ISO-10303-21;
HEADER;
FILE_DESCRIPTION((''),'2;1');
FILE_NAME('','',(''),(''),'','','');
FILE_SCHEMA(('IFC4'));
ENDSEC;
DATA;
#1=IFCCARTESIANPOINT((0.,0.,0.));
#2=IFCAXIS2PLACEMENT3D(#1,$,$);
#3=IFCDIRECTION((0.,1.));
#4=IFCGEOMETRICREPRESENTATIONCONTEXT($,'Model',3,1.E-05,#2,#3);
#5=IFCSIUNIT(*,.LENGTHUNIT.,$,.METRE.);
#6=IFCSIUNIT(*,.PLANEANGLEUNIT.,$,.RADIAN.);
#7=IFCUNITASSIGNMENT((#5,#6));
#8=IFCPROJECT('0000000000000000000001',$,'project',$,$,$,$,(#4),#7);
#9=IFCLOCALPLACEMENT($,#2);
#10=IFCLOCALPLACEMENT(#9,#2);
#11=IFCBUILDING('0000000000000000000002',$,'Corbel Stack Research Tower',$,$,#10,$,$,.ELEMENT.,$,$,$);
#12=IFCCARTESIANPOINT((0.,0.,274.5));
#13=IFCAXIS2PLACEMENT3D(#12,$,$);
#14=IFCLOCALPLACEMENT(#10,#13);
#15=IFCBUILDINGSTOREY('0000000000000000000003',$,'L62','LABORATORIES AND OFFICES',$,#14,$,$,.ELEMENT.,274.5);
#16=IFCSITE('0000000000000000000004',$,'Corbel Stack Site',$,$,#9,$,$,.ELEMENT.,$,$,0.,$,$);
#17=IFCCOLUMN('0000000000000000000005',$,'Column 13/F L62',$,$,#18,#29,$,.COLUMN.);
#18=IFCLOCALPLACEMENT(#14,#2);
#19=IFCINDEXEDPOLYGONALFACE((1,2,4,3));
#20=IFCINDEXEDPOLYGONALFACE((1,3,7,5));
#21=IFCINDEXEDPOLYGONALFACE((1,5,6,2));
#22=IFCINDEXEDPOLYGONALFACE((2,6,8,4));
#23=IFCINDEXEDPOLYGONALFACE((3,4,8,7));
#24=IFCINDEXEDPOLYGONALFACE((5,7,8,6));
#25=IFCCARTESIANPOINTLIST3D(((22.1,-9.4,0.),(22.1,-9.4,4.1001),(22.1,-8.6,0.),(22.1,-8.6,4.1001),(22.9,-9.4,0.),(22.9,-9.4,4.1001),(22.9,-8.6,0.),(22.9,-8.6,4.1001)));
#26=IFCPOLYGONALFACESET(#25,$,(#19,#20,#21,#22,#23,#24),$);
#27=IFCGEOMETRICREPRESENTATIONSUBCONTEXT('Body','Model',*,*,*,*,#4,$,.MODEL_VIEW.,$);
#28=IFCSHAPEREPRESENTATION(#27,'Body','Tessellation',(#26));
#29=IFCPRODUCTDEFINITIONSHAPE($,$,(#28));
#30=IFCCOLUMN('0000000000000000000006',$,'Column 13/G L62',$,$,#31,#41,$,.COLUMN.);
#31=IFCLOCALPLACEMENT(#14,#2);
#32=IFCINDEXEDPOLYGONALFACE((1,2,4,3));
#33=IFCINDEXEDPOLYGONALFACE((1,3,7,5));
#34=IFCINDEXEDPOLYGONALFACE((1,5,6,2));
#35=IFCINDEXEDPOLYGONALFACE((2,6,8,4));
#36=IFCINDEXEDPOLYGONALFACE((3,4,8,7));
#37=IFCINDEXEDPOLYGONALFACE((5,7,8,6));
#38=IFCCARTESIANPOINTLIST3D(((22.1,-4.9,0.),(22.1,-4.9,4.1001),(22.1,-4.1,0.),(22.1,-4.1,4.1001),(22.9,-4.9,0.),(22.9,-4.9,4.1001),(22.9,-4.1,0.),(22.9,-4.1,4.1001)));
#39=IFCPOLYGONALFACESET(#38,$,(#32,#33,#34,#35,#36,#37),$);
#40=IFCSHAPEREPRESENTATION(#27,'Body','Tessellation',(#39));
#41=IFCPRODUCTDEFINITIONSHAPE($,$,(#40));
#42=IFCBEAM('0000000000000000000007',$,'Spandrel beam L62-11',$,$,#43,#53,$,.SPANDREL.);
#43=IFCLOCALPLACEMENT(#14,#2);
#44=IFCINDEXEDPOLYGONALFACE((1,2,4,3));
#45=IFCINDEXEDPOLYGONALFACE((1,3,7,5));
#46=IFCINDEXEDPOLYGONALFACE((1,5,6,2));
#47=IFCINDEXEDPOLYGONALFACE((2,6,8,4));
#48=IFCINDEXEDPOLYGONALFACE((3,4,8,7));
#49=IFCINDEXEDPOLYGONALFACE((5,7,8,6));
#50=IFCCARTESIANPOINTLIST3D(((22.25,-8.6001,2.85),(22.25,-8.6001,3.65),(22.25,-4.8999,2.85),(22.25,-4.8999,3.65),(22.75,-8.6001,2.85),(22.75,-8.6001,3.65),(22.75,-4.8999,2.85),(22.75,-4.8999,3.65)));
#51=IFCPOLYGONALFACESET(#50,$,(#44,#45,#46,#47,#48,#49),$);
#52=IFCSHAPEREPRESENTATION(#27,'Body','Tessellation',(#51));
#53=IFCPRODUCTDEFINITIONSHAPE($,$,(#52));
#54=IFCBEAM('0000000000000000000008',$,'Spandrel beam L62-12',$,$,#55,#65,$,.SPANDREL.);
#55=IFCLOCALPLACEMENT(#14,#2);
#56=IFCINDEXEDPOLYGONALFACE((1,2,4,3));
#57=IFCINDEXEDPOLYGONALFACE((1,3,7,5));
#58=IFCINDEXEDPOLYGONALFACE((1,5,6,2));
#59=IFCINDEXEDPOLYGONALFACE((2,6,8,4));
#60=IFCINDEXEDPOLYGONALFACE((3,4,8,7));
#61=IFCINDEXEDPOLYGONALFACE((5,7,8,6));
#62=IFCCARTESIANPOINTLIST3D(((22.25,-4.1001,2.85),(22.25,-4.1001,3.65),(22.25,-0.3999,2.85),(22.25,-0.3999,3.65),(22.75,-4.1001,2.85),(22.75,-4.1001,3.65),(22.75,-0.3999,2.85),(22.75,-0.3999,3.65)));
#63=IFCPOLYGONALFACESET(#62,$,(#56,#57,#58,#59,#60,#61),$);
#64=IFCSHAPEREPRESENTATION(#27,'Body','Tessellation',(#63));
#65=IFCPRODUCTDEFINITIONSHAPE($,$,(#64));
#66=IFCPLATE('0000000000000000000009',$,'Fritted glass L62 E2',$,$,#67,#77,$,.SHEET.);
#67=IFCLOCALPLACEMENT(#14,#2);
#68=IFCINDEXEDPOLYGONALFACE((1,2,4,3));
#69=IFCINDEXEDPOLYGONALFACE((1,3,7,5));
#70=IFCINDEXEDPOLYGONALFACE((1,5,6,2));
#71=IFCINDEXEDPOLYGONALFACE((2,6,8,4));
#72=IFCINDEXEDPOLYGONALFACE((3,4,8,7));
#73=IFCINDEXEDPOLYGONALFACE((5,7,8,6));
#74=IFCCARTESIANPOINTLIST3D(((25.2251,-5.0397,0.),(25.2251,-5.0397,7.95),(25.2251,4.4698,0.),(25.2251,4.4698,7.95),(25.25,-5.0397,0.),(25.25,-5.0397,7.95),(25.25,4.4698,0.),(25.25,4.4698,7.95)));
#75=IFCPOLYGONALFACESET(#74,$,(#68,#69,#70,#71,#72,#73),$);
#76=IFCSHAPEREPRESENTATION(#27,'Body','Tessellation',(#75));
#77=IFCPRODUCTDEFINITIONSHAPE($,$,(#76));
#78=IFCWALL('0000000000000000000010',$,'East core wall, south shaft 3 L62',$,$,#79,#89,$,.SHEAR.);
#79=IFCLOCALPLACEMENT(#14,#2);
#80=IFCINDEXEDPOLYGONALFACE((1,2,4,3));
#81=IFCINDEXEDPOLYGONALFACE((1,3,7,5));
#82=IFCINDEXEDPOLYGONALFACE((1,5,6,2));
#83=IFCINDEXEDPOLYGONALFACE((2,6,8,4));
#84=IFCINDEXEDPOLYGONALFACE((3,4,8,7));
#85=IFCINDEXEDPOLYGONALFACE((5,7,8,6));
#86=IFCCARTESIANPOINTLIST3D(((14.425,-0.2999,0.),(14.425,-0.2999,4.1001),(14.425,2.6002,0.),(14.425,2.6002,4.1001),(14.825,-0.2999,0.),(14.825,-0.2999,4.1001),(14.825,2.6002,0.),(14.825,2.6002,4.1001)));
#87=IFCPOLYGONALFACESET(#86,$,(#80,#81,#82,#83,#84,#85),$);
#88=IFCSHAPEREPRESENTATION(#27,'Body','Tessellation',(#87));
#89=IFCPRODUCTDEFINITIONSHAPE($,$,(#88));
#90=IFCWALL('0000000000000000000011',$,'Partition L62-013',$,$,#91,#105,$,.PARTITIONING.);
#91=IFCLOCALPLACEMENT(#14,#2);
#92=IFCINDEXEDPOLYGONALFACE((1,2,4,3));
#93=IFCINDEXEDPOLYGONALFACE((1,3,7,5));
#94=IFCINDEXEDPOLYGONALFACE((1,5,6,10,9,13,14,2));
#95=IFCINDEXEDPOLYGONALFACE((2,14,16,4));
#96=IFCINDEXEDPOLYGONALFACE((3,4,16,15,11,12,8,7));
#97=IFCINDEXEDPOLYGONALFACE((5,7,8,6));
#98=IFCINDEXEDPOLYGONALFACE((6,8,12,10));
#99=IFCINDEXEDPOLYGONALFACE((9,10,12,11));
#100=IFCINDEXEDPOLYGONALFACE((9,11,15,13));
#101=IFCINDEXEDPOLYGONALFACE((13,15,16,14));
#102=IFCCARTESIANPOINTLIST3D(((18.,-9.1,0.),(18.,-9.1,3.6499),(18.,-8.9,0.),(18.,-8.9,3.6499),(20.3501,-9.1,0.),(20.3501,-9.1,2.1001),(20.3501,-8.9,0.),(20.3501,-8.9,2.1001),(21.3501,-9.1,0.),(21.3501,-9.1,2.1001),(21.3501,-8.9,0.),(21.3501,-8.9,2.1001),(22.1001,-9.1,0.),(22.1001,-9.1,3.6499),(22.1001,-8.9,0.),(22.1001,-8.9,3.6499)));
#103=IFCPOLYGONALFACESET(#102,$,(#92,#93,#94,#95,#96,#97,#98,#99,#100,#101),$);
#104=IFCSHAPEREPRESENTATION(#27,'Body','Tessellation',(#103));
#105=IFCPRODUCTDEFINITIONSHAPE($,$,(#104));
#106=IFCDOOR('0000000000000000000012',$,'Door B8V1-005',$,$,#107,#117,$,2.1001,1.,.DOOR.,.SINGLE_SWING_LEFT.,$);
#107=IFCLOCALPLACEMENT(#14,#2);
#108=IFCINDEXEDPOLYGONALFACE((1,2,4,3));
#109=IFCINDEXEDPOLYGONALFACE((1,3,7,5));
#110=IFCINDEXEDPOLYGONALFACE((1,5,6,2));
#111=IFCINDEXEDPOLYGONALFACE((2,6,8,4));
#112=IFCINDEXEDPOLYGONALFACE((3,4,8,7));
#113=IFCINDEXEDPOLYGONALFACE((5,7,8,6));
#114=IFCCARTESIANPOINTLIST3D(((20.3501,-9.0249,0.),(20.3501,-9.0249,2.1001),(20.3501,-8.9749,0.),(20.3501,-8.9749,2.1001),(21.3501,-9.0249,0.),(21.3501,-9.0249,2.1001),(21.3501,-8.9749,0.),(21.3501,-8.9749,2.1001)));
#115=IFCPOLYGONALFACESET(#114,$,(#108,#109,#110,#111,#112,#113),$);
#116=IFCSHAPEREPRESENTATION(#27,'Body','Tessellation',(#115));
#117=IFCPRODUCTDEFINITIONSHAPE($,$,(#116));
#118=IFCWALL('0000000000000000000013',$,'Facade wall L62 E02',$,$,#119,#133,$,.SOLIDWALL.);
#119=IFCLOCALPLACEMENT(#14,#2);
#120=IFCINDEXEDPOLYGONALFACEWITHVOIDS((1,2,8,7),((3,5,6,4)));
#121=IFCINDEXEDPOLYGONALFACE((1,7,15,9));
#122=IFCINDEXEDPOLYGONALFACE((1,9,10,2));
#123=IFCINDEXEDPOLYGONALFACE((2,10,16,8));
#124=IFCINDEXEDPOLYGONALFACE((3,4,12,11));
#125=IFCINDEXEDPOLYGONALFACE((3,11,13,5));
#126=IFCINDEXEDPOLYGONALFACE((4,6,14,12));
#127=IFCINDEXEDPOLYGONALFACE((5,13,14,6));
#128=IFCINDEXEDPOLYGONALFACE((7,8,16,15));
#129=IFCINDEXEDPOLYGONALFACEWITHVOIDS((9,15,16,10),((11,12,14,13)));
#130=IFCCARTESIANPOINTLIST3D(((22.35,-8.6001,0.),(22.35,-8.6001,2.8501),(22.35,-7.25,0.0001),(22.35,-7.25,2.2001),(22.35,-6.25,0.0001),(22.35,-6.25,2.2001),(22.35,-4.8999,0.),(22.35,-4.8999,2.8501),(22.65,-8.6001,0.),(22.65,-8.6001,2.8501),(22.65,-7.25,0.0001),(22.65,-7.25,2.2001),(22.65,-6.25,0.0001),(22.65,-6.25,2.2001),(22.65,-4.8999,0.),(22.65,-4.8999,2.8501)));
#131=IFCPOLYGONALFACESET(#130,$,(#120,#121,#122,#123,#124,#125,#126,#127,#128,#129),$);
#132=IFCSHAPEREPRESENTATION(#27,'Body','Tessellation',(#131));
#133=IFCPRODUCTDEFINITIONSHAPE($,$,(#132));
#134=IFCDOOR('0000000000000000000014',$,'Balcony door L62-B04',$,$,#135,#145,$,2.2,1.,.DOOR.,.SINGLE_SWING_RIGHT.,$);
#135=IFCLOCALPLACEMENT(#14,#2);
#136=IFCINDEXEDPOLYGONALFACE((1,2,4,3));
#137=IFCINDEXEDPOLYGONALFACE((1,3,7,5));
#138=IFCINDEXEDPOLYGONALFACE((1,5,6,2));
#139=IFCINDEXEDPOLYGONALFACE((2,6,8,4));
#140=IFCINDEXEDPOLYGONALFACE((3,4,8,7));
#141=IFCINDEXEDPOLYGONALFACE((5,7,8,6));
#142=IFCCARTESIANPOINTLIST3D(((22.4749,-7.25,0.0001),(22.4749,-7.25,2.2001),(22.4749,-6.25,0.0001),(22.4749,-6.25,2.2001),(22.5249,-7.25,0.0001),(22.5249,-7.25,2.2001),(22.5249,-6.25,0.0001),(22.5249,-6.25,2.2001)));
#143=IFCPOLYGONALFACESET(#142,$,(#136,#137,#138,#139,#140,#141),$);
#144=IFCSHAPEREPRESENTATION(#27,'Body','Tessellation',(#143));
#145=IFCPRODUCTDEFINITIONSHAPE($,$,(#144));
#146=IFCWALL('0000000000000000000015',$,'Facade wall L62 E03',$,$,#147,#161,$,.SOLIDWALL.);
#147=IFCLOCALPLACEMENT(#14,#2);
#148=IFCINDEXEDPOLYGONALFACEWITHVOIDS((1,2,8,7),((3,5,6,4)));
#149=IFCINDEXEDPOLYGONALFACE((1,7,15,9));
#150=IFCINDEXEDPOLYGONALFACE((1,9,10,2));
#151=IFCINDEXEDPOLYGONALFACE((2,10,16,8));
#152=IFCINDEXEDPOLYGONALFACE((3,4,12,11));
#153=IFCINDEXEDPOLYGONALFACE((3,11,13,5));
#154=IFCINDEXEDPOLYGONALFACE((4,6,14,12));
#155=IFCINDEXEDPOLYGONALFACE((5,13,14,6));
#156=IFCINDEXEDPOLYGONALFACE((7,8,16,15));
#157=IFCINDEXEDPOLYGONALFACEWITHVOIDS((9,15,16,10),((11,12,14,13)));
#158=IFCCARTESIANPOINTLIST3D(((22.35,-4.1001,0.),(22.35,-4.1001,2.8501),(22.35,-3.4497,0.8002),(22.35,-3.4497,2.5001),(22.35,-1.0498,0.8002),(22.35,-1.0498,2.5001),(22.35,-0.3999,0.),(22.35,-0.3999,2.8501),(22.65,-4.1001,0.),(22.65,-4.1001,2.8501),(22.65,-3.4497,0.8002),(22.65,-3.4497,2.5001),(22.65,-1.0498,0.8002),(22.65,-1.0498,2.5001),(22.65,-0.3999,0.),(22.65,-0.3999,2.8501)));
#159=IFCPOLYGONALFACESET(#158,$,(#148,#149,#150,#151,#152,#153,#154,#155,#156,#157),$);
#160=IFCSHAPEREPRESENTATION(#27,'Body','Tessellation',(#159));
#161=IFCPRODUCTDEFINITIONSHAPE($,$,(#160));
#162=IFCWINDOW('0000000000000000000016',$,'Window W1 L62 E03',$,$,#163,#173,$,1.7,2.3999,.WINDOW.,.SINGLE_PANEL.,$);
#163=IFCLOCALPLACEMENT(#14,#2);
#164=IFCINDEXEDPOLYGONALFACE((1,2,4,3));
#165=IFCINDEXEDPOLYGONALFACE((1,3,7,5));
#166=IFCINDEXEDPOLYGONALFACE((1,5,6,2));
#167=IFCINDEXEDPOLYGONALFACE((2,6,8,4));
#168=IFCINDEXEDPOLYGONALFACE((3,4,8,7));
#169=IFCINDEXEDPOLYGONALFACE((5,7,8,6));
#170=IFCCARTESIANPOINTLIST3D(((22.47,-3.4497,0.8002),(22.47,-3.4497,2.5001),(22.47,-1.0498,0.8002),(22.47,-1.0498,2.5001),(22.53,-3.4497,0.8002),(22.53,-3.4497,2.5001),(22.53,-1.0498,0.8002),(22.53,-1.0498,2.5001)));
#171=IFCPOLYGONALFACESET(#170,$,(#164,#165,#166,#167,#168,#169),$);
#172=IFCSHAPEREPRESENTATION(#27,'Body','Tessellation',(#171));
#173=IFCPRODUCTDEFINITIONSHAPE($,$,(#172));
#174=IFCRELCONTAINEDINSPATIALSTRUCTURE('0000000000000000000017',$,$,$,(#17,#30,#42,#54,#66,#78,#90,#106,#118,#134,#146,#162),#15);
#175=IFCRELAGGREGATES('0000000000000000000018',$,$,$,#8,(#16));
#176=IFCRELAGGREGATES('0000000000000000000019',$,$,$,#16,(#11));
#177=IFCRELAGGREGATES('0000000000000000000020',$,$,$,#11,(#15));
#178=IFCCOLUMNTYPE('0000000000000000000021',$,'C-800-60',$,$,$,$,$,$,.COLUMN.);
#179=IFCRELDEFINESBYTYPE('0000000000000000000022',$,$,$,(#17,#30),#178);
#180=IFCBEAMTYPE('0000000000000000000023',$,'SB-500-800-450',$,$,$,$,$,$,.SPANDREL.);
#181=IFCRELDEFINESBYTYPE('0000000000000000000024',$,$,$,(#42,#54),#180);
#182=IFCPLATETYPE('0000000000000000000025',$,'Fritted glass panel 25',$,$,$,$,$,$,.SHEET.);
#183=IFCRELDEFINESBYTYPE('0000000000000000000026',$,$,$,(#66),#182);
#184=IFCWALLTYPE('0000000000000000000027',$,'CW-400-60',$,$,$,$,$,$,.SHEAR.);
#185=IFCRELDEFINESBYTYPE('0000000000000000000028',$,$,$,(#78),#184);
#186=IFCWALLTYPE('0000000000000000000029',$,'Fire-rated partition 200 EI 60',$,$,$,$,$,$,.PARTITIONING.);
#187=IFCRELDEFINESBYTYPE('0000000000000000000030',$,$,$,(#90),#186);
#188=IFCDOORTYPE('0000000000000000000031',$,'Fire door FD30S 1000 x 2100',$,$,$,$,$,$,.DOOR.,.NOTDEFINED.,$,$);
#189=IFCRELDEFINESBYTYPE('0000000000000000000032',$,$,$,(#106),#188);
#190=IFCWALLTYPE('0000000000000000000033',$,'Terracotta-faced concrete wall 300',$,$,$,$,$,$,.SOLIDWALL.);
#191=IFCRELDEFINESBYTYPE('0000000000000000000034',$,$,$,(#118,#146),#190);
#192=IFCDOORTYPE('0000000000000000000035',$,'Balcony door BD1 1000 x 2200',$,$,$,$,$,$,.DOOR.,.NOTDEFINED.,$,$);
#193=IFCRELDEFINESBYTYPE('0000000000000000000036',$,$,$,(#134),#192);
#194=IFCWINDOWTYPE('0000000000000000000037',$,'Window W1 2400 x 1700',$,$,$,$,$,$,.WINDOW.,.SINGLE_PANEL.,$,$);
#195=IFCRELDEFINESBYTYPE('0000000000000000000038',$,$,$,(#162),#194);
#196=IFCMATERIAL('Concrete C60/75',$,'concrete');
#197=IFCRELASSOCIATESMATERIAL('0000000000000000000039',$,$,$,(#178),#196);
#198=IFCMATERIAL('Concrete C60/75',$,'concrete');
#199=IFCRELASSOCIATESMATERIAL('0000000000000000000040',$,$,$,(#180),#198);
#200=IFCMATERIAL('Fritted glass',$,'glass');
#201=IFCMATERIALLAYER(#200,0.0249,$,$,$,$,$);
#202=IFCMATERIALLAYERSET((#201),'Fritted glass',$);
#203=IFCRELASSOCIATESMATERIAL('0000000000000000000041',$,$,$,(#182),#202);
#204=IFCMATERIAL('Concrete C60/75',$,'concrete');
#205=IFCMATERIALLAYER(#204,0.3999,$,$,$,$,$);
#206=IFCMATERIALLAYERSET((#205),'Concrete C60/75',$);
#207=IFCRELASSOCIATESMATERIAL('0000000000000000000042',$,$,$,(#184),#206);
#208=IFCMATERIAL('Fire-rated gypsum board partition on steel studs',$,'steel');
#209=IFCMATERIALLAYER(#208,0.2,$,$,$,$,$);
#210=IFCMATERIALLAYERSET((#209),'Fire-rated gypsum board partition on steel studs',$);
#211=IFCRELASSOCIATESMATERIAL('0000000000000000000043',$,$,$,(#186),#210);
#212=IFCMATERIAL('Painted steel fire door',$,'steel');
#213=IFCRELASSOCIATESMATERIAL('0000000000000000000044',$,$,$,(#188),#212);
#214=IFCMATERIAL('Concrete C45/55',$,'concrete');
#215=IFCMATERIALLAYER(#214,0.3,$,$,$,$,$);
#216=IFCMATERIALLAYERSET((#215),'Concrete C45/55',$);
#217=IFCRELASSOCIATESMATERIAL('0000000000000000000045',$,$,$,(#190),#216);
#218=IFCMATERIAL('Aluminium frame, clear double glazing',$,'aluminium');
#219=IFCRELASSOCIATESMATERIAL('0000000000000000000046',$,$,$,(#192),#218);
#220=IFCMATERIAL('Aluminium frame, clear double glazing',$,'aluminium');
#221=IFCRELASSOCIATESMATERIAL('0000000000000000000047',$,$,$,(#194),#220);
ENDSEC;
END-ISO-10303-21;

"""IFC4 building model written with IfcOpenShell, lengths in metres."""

from ifc_helpers import new_model, si_unit, direction, frame, frame_2d, origin, origin_2d, place, context, subcontext, project, spatial, rectangle, extrude, material, layer, layer_set, material_profile, profile_set, type_object, element, fill, save


model = new_model("IFC4")

# Units and contexts
model_context = context("Model", 3, precision=1e-05, world=origin(), true_north=direction((0.0, 1.0)))
body_context = subcontext(model_context, "Body", "Model", "MODEL_VIEW")
ifc_project = project(units=[si_unit("LENGTHUNIT", "METRE"), si_unit("PLANEANGLEUNIT", "RADIAN")], contexts=[model_context])

# Site, building, storey
site_placement = place(None, origin())
site = spatial("IfcSite", under=ifc_project, at=site_placement, Name="Corbel Stack Site", CompositionType="ELEMENT", RefElevation=0.0)
building_placement = place(site_placement, origin())
building = spatial("IfcBuilding", under=site, at=building_placement, Name="Corbel Stack Research Tower", CompositionType="ELEMENT")
storey_placement = place(building_placement, frame((0.0, 0.0, 274.5)))
storey = spatial("IfcBuildingStorey", under=building, at=storey_placement, Name="L62", Description="LABORATORIES AND OFFICES", CompositionType="ELEMENT", Elevation=274.5)

# Columns
ifc_material_1 = material(Name="Concrete C60/75", Category="concrete")
ifc_material_profile_1 = material_profile(ifc_material_1, rectangle(XDim=0.8, YDim=0.8, at=origin_2d()), Name="RC 800 x 800")
ifc_profile_set_1 = profile_set([ifc_material_profile_1], Name="Concrete C60/75")
column_type = type_object("IfcColumnType", Name="C-800-60", PredefinedType="COLUMN", material=ifc_profile_set_1)
for number, where, z_axis, x_axis, name in (
    (1, (22.5, -9.0, 0.0), (0.0, 0.0, 1.0), (1.0, 0.0, 0.0), "Column 13/F L62"),
    (2, (22.5, -4.5, 0.0), (0.0, 0.0, 1.0), (1.0, 0.0, 0.0), "Column 13/G L62"),
):
    element("IfcColumn", number, at=place(storey_placement, frame(where, z_axis=z_axis, x_axis=x_axis)), inside=storey, type_object=column_type, Name=name, PredefinedType="COLUMN", context=body_context, shape_type="SweptSolid", body=[
        extrude(rectangle(XDim=0.8, YDim=0.8, at=origin_2d()), origin(), (0.0, 0.0, 1.0), 4.1001),
    ])

# Beams
ifc_material_2 = material(Name="Concrete C60/75", Category="concrete")
ifc_material_profile_2 = material_profile(ifc_material_2, rectangle(XDim=0.5, YDim=0.8, at=origin_2d()), Name="RC 500 x 800")
ifc_profile_set_2 = profile_set([ifc_material_profile_2], Name="Concrete C60/75")
beam_type = type_object("IfcBeamType", Name="SB-500-800-450", PredefinedType="SPANDREL", material=ifc_profile_set_2)
for number, where, z_axis, x_axis, name in (
    (3, (22.5, -8.6001, 3.25), (0.0, 1.0, 0.0), (-1.0, 0.0, 0.0), "Spandrel beam L62-11"),
    (4, (22.5, -4.1001, 3.25), (0.0, 1.0, 0.0), (-1.0, 0.0, 0.0), "Spandrel beam L62-12"),
):
    element("IfcBeam", number, at=place(storey_placement, frame(where, z_axis=z_axis, x_axis=x_axis)), inside=storey, type_object=beam_type, Name=name, PredefinedType="SPANDREL", context=body_context, shape_type="SweptSolid", body=[
        extrude(rectangle(XDim=0.5, YDim=0.8, at=origin_2d()), origin(), (0.0, 0.0, 1.0), 3.7002),
    ])

# Plate
ifc_material_3 = material(Name="Fritted glass", Category="glass")
ifc_layer_1 = layer(ifc_material_3, 0.0249)
ifc_layer_set_1 = layer_set([ifc_layer_1], Name="Fritted glass")
plate_type = type_object("IfcPlateType", Name="Fritted glass panel 25", PredefinedType="SHEET", material=ifc_layer_set_1)
plate_placement = place(storey_placement, frame((25.2375, -0.2849, 0.0), z_axis=(0.0, 0.0, 1.0), x_axis=(0.0, 1.0, 0.0)))
element("IfcPlate", 5, at=plate_placement, inside=storey, type_object=plate_type, Name="Fritted glass L62 E2", PredefinedType="SHEET", context=body_context, shape_type="SweptSolid", body=[
    extrude(rectangle(XDim=9.5095, YDim=0.0249, at=origin_2d()), origin(), (0.0, 0.0, 1.0), 7.95),
])

# Wall
ifc_material_4 = material(Name="Concrete C60/75", Category="concrete")
ifc_layer_2 = layer(ifc_material_4, 0.3999)
ifc_layer_set_2 = layer_set([ifc_layer_2], Name="Concrete C60/75")
wall_type_1 = type_object("IfcWallType", Name="CW-400-60", PredefinedType="SHEAR", material=ifc_layer_set_2)
wall_1_placement = place(storey_placement, frame((14.625, -0.3, 0.0), z_axis=(0.0, 0.0, 1.0), x_axis=(0.0, 1.0, 0.0)))
element("IfcWall", 6, at=wall_1_placement, inside=storey, type_object=wall_type_1, Name="East core wall, south shaft 3 L62", PredefinedType="SHEAR", context=body_context, shape_type="SweptSolid", body=[
    extrude(rectangle(XDim=2.9001, YDim=0.3999, at=frame_2d((1.4502, 0.0))), origin(), (0.0, 0.0, 1.0), 4.1001),
])

# Walls, openings, doors
ifc_material_5 = material(Name="Fire-rated gypsum board partition on steel studs", Category="steel")
ifc_layer_3 = layer(ifc_material_5, 0.2)
ifc_layer_set_3 = layer_set([ifc_layer_3], Name="Fire-rated gypsum board partition on steel studs")
wall_type_2 = type_object("IfcWallType", Name="Fire-rated partition 200 EI 60", PredefinedType="PARTITIONING", material=ifc_layer_set_3)
wall_2_placement = place(storey_placement, frame((22.1001, -9.0, 0.0), z_axis=(0.0, 0.0, 1.0), x_axis=(-1.0, 0.0, 0.0)))
wall_2 = element("IfcWall", 7, at=wall_2_placement, inside=storey, type_object=wall_type_2, Name="Partition L62-013", PredefinedType="PARTITIONING", context=body_context, shape_type="SweptSolid", body=[
    extrude(rectangle(XDim=4.1001, YDim=0.2, at=frame_2d((2.05, 0.0))), origin(), (0.0, 0.0, 1.0), 3.6499),
])
opening_1_placement = place(wall_2_placement, frame((0.75, 0.0, 0.0)))
opening_1 = element("IfcOpeningElement", 8, at=opening_1_placement, cuts=wall_2, PredefinedType="OPENING", context=body_context, shape_type="SweptSolid", body=[
    extrude(rectangle(XDim=1.0, YDim=2.1001, at=frame_2d((0.5, 1.05))), frame((0.0, 0.1099, 0.0), z_axis=(0.0, -1.0, 0.0), x_axis=(1.0, 0.0, 0.0)), (0.0, 0.0, 1.0), 0.22),
])
ifc_material_6 = material(Name="Painted steel fire door", Category="steel")
door_type_1 = type_object("IfcDoorType", Name="Fire door FD30S 1000 x 2100", OperationType="NOTDEFINED", PredefinedType="DOOR", material=ifc_material_6)
door_1_placement = place(opening_1_placement, origin())
door_1 = element("IfcDoor", 9, at=door_1_placement, inside=storey, type_object=door_type_1, Name="Door B8V1-005", OperationType="SINGLE_SWING_LEFT", OverallHeight=2.1001, OverallWidth=1.0, PredefinedType="DOOR", context=body_context, shape_type="SweptSolid", body=[
    extrude(rectangle(XDim=1.0, YDim=2.1001, at=frame_2d((0.5, 1.05))), frame((0.0, 0.0249, 0.0), z_axis=(0.0, -1.0, 0.0), x_axis=(1.0, 0.0, 0.0)), (0.0, 0.0, 1.0), 0.05),
])
fill(opening_1, door_1)
ifc_material_7 = material(Name="Concrete C45/55", Category="concrete")
ifc_layer_4 = layer(ifc_material_7, 0.3)
ifc_layer_set_4 = layer_set([ifc_layer_4], Name="Concrete C45/55")
wall_type_3 = type_object("IfcWallType", Name="Terracotta-faced concrete wall 300", PredefinedType="SOLIDWALL", material=ifc_layer_set_4)
wall_3_placement = place(storey_placement, frame((22.5, -4.8999, 0.0), z_axis=(0.0, 0.0, 1.0), x_axis=(0.0, -1.0, 0.0)))
wall_3 = element("IfcWall", 10, at=wall_3_placement, inside=storey, type_object=wall_type_3, Name="Facade wall L62 E02", PredefinedType="SOLIDWALL", context=body_context, shape_type="SweptSolid", body=[
    extrude(rectangle(XDim=3.7002, YDim=0.3, at=frame_2d((1.8501, 0.0))), origin(), (0.0, 0.0, 1.0), 2.8501),
])
opening_2_placement = place(wall_3_placement, frame((1.3501, 0.0, 0.0)))
opening_2 = element("IfcOpeningElement", 11, at=opening_2_placement, cuts=wall_3, PredefinedType="OPENING", context=body_context, shape_type="SweptSolid", body=[
    extrude(rectangle(XDim=1.0, YDim=2.2, at=frame_2d((0.5, 1.1001))), frame((0.0, 0.1599, 0.0), z_axis=(0.0, -1.0, 0.0), x_axis=(1.0, 0.0, 0.0)), (0.0, 0.0, 1.0), 0.3201),
])
ifc_material_8 = material(Name="Aluminium frame, clear double glazing", Category="aluminium")
door_type_2 = type_object("IfcDoorType", Name="Balcony door BD1 1000 x 2200", OperationType="NOTDEFINED", PredefinedType="DOOR", material=ifc_material_8)
door_2_placement = place(opening_2_placement, origin())
door_2 = element("IfcDoor", 12, at=door_2_placement, inside=storey, type_object=door_type_2, Name="Balcony door L62-B04", OperationType="SINGLE_SWING_RIGHT", OverallHeight=2.2, OverallWidth=1.0, PredefinedType="DOOR", context=body_context, shape_type="SweptSolid", body=[
    extrude(rectangle(XDim=1.0, YDim=2.2, at=frame_2d((0.5, 1.1001))), frame((0.0, 0.0249, 0.0), z_axis=(0.0, -1.0, 0.0), x_axis=(1.0, 0.0, 0.0)), (0.0, 0.0, 1.0), 0.05),
])
fill(opening_2, door_2)

# Wall, opening, window
wall_4_placement = place(storey_placement, frame((22.5, -0.3999, 0.0), z_axis=(0.0, 0.0, 1.0), x_axis=(0.0, -1.0, 0.0)))
wall_4 = element("IfcWall", 13, at=wall_4_placement, inside=storey, type_object=wall_type_3, Name="Facade wall L62 E03", PredefinedType="SOLIDWALL", context=body_context, shape_type="SweptSolid", body=[
    extrude(rectangle(XDim=3.7002, YDim=0.3, at=frame_2d((1.8501, 0.0))), origin(), (0.0, 0.0, 1.0), 2.8501),
])
opening_3_placement = place(wall_4_placement, frame((0.6499, 0.0, 0.8)))
opening_3 = element("IfcOpeningElement", 14, at=opening_3_placement, cuts=wall_4, PredefinedType="OPENING", context=body_context, shape_type="SweptSolid", body=[
    extrude(rectangle(XDim=2.3999, YDim=1.7, at=frame_2d((1.2, 0.8501))), frame((0.0, 0.1599, 0.0), z_axis=(0.0, -1.0, 0.0), x_axis=(1.0, 0.0, 0.0)), (0.0, 0.0, 1.0), 0.3201),
])
ifc_material_9 = material(Name="Aluminium frame, clear double glazing", Category="aluminium")
window_type = type_object("IfcWindowType", Name="Window W1 2400 x 1700", PartitioningType="SINGLE_PANEL", PredefinedType="WINDOW", material=ifc_material_9)
window_placement = place(opening_3_placement, origin())
window = element("IfcWindow", 15, at=window_placement, inside=storey, type_object=window_type, Name="Window W1 L62 E03", OverallHeight=1.7, OverallWidth=2.3999, PartitioningType="SINGLE_PANEL", PredefinedType="WINDOW", context=body_context, shape_type="SweptSolid", body=[
    extrude(rectangle(XDim=2.3999, YDim=1.7, at=frame_2d((1.2, 0.8501))), frame((0.0, 0.03, 0.0), z_axis=(0.0, -1.0, 0.0), x_axis=(1.0, 0.0, 0.0)), (0.0, 0.0, 1.0), 0.0601),
])
fill(opening_3, window)

save(model, "model.ifc")
